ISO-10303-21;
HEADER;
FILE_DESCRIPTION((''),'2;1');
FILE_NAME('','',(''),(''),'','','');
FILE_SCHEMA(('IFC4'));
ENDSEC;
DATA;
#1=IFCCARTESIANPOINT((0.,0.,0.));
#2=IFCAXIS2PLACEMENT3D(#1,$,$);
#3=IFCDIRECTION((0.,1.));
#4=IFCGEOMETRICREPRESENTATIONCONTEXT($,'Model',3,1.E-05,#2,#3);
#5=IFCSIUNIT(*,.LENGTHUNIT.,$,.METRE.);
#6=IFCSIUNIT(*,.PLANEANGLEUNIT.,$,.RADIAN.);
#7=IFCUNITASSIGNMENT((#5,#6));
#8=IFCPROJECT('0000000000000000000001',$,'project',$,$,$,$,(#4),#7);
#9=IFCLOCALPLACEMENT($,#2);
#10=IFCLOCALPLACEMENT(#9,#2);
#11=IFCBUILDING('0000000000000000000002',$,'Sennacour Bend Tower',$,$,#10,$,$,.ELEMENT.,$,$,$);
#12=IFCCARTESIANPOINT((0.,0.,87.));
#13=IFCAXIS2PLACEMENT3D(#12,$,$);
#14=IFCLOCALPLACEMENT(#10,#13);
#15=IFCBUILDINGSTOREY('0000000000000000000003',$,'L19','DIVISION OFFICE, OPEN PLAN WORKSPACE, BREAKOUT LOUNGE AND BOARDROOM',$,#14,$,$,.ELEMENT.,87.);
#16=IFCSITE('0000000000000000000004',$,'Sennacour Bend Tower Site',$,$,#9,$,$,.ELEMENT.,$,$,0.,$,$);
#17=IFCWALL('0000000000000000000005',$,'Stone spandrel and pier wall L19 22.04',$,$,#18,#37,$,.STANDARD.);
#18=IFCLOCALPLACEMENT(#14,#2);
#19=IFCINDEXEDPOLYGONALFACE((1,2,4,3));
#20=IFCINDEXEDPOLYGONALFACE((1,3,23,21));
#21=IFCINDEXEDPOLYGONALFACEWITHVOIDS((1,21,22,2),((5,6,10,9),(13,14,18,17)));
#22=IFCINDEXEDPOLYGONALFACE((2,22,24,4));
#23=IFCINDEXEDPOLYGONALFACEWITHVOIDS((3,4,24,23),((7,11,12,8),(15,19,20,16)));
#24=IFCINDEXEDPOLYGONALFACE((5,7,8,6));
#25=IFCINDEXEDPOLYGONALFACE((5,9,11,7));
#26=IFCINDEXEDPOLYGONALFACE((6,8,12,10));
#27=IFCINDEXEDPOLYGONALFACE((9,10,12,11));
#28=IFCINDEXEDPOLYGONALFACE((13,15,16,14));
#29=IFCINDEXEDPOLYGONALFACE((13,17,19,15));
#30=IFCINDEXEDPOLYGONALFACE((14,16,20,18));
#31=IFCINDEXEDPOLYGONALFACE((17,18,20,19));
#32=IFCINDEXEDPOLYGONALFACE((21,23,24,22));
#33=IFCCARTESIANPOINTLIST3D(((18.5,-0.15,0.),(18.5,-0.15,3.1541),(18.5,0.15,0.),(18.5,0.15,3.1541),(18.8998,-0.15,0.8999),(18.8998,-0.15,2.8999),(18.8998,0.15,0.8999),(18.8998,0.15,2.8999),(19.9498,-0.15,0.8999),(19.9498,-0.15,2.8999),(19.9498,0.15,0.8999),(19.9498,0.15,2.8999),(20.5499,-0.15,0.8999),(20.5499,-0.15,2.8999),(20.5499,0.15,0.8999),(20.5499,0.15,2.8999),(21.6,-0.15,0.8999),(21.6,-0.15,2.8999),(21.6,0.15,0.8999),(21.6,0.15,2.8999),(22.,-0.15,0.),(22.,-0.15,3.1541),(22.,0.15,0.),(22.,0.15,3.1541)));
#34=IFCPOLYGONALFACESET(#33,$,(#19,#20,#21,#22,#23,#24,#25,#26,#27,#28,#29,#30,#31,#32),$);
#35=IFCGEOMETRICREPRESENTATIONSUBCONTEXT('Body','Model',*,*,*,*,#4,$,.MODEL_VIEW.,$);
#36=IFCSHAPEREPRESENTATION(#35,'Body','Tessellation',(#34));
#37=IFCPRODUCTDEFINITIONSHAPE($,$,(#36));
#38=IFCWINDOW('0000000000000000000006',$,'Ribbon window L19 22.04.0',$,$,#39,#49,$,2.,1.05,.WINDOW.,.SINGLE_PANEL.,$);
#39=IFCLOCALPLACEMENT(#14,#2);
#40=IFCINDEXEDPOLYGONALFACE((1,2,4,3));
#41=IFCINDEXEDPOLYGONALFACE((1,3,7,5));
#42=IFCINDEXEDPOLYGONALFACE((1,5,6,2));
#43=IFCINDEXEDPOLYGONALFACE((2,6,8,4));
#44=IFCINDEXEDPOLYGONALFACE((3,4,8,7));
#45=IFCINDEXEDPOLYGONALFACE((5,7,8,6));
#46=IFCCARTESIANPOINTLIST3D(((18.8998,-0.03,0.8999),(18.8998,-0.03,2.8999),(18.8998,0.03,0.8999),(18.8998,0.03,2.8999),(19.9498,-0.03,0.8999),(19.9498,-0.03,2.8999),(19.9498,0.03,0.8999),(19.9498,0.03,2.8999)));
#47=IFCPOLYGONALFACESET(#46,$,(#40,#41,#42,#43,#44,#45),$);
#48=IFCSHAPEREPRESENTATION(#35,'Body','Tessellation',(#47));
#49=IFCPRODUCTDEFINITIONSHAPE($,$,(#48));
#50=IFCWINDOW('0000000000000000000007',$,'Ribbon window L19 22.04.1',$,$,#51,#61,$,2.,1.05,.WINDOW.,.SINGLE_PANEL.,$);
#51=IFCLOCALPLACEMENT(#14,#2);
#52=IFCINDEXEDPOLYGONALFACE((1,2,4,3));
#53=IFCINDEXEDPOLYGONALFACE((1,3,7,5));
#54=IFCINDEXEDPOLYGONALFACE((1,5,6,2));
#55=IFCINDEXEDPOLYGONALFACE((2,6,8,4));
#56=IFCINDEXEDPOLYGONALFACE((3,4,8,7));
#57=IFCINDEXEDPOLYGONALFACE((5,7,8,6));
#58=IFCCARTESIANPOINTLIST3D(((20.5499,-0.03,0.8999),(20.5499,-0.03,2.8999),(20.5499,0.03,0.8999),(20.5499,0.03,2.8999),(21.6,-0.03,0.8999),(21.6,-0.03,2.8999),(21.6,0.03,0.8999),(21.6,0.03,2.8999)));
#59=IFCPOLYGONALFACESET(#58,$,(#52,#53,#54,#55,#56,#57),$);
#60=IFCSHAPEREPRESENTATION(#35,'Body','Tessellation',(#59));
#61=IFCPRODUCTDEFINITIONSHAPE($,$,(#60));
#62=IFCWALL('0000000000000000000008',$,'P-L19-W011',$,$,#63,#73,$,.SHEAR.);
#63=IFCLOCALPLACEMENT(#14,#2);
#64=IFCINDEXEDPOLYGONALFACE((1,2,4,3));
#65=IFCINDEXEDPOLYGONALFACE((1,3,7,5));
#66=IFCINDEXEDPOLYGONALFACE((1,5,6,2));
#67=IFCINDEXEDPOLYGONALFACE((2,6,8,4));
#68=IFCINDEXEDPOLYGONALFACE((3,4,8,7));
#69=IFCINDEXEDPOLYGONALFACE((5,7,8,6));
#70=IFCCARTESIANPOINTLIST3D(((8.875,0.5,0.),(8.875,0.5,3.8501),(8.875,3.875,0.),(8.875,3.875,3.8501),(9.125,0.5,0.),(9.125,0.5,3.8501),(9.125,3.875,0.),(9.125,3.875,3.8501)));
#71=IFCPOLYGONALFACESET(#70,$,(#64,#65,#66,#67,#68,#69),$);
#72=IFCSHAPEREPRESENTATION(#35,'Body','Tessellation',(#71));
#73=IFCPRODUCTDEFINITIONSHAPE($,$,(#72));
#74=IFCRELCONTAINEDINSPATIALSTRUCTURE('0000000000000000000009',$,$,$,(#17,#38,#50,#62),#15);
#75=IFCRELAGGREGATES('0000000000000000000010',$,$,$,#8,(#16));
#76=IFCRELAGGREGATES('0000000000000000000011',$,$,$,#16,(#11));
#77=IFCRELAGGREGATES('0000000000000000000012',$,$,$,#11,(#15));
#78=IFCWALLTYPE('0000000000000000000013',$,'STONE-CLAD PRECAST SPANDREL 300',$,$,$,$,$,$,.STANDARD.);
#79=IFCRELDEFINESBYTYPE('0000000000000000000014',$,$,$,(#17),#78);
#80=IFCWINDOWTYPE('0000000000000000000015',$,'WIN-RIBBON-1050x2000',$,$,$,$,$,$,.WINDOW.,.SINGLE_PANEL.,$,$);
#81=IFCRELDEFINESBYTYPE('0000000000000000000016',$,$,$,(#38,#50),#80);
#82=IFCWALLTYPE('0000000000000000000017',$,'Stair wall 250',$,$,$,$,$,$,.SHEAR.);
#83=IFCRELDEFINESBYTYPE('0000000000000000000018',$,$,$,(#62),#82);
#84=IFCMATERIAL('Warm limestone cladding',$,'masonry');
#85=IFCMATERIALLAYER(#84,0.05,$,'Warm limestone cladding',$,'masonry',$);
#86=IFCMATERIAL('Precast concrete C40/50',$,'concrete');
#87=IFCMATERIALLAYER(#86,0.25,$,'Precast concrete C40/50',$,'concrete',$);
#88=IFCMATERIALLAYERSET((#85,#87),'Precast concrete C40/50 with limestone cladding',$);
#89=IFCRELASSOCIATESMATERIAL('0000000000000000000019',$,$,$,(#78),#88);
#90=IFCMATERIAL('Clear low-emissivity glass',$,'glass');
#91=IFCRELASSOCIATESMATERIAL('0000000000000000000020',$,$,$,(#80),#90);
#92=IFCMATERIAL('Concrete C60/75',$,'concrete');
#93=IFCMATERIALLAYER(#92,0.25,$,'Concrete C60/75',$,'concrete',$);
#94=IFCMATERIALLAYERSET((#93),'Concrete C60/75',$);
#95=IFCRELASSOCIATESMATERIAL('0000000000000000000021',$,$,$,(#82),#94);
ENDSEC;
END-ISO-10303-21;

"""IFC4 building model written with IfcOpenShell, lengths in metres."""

from ifc_helpers import new_model, si_unit, direction, frame, frame_2d, origin, place, context, subcontext, project, spatial, rectangle, extrude, material, layer, layer_set, type_object, element, fill, save


model = new_model("IFC4")

# Units and contexts
model_context = context("Model", 3, precision=1e-05, world=origin(), true_north=direction((0.0, 1.0)))
body_context = subcontext(model_context, "Body", "Model", "MODEL_VIEW")
ifc_project = project(units=[si_unit("LENGTHUNIT", "METRE"), si_unit("PLANEANGLEUNIT", "RADIAN")], contexts=[model_context])

# Site, building, storey
site_placement = place(None, origin())
site = spatial("IfcSite", under=ifc_project, at=site_placement, Name="Sennacour Bend Tower Site", CompositionType="ELEMENT", RefElevation=0.0)
building_placement = place(site_placement, origin())
building = spatial("IfcBuilding", under=site, at=building_placement, Name="Sennacour Bend Tower", CompositionType="ELEMENT")
storey_placement = place(building_placement, frame((0.0, 0.0, 87.0)))
storey = spatial("IfcBuildingStorey", under=building, at=storey_placement, Name="L19", Description="DIVISION OFFICE, OPEN PLAN WORKSPACE, BREAKOUT LOUNGE AND BOARDROOM", CompositionType="ELEMENT", Elevation=87.0)

# Wall, openings, windows
ifc_material_1 = material(Name="Warm limestone cladding", Category="masonry")
ifc_layer_1 = layer(ifc_material_1, 0.05, Name="Warm limestone cladding", Category="masonry")
ifc_material_2 = material(Name="Precast concrete C40/50", Category="concrete")
ifc_layer_2 = layer(ifc_material_2, 0.25, Name="Precast concrete C40/50", Category="concrete")
ifc_layer_set_1 = layer_set([ifc_layer_1, ifc_layer_2], Name="Precast concrete C40/50 with limestone cladding")
wall_type_1 = type_object("IfcWallType", Name="STONE-CLAD PRECAST SPANDREL 300", PredefinedType="STANDARD", material=ifc_layer_set_1)
ifc_material_3 = material(Name="Clear low-emissivity glass", Category="glass")
window_type = type_object("IfcWindowType", Name="WIN-RIBBON-1050x2000", PartitioningType="SINGLE_PANEL", PredefinedType="WINDOW", material=ifc_material_3)
wall_1_placement = place(storey_placement, frame((18.5, 0.0, 0.0), z_axis=(0.0, 0.0, 1.0), x_axis=(1.0, 0.0, 0.0)))
wall_1 = element("IfcWall", 1, at=wall_1_placement, inside=storey, type_object=wall_type_1, Name="Stone spandrel and pier wall L19 22.04", PredefinedType="STANDARD", context=body_context, shape_type="SweptSolid", body=[
    extrude(rectangle(XDim=3.5, YDim=0.3, at=frame_2d((1.75, 0.0))), origin(), (0.0, 0.0, 1.0), 3.1541),
])
opening_1_placement = place(wall_1_placement, frame((0.3999, 0.0, 0.8999)))
opening_1 = element("IfcOpeningElement", 2, at=opening_1_placement, cuts=wall_1, PredefinedType="OPENING", context=body_context, shape_type="SweptSolid", body=[
    extrude(rectangle(XDim=1.05, YDim=2.0, at=frame_2d((0.5249, 1.0))), frame((0.0, 0.1602, 0.0), z_axis=(0.0, -1.0, 0.0), x_axis=(1.0, 0.0, 0.0)), (0.0, 0.0, 1.0), 0.3201),
])
opening_2_placement = place(wall_1_placement, frame((2.05, 0.0, 0.8999)))
opening_2 = element("IfcOpeningElement", 3, at=opening_2_placement, cuts=wall_1, PredefinedType="OPENING", context=body_context, shape_type="SweptSolid", body=[
    extrude(rectangle(XDim=1.05, YDim=2.0, at=frame_2d((0.5249, 1.0))), frame((0.0, 0.1602, 0.0), z_axis=(0.0, -1.0, 0.0), x_axis=(1.0, 0.0, 0.0)), (0.0, 0.0, 1.0), 0.3201),
])
window_1_placement = place(opening_1_placement, origin())
window_1 = element("IfcWindow", 4, at=window_1_placement, inside=storey, type_object=window_type, Name="Ribbon window L19 22.04.0", OverallHeight=2.0, OverallWidth=1.05, PartitioningType="SINGLE_PANEL", PredefinedType="WINDOW", context=body_context, shape_type="SweptSolid", body=[
    extrude(rectangle(XDim=1.05, YDim=2.0, at=frame_2d((0.5249, 1.0))), frame((0.0, 0.03, 0.0), z_axis=(0.0, -1.0, 0.0), x_axis=(1.0, 0.0, 0.0)), (0.0, 0.0, 1.0), 0.0601),
])
fill(opening_1, window_1)
window_2_placement = place(opening_2_placement, origin())
window_2 = element("IfcWindow", 5, at=window_2_placement, inside=storey, type_object=window_type, Name="Ribbon window L19 22.04.1", OverallHeight=2.0, OverallWidth=1.05, PartitioningType="SINGLE_PANEL", PredefinedType="WINDOW", context=body_context, shape_type="SweptSolid", body=[
    extrude(rectangle(XDim=1.05, YDim=2.0, at=frame_2d((0.5249, 1.0))), frame((0.0, 0.03, 0.0), z_axis=(0.0, -1.0, 0.0), x_axis=(1.0, 0.0, 0.0)), (0.0, 0.0, 1.0), 0.0601),
])
fill(opening_2, window_2)

# Wall
ifc_material_4 = material(Name="Concrete C60/75", Category="concrete")
ifc_layer_3 = layer(ifc_material_4, 0.25, Name="Concrete C60/75", Category="concrete")
ifc_layer_set_2 = layer_set([ifc_layer_3], Name="Concrete C60/75")
wall_type_2 = type_object("IfcWallType", Name="Stair wall 250", PredefinedType="SHEAR", material=ifc_layer_set_2)
wall_2_placement = place(storey_placement, frame((9.0, 0.5, 0.0), z_axis=(0.0, 0.0, 1.0), x_axis=(0.0, 1.0, 0.0)))
element("IfcWall", 6, at=wall_2_placement, inside=storey, type_object=wall_type_2, Name="P-L19-W011", PredefinedType="SHEAR", context=body_context, shape_type="SweptSolid", body=[
    extrude(rectangle(XDim=3.375, YDim=0.25, at=frame_2d((1.6875, 0.0))), origin(), (0.0, 0.0, 1.0), 3.8501),
])

save(model, "model.ifc")
